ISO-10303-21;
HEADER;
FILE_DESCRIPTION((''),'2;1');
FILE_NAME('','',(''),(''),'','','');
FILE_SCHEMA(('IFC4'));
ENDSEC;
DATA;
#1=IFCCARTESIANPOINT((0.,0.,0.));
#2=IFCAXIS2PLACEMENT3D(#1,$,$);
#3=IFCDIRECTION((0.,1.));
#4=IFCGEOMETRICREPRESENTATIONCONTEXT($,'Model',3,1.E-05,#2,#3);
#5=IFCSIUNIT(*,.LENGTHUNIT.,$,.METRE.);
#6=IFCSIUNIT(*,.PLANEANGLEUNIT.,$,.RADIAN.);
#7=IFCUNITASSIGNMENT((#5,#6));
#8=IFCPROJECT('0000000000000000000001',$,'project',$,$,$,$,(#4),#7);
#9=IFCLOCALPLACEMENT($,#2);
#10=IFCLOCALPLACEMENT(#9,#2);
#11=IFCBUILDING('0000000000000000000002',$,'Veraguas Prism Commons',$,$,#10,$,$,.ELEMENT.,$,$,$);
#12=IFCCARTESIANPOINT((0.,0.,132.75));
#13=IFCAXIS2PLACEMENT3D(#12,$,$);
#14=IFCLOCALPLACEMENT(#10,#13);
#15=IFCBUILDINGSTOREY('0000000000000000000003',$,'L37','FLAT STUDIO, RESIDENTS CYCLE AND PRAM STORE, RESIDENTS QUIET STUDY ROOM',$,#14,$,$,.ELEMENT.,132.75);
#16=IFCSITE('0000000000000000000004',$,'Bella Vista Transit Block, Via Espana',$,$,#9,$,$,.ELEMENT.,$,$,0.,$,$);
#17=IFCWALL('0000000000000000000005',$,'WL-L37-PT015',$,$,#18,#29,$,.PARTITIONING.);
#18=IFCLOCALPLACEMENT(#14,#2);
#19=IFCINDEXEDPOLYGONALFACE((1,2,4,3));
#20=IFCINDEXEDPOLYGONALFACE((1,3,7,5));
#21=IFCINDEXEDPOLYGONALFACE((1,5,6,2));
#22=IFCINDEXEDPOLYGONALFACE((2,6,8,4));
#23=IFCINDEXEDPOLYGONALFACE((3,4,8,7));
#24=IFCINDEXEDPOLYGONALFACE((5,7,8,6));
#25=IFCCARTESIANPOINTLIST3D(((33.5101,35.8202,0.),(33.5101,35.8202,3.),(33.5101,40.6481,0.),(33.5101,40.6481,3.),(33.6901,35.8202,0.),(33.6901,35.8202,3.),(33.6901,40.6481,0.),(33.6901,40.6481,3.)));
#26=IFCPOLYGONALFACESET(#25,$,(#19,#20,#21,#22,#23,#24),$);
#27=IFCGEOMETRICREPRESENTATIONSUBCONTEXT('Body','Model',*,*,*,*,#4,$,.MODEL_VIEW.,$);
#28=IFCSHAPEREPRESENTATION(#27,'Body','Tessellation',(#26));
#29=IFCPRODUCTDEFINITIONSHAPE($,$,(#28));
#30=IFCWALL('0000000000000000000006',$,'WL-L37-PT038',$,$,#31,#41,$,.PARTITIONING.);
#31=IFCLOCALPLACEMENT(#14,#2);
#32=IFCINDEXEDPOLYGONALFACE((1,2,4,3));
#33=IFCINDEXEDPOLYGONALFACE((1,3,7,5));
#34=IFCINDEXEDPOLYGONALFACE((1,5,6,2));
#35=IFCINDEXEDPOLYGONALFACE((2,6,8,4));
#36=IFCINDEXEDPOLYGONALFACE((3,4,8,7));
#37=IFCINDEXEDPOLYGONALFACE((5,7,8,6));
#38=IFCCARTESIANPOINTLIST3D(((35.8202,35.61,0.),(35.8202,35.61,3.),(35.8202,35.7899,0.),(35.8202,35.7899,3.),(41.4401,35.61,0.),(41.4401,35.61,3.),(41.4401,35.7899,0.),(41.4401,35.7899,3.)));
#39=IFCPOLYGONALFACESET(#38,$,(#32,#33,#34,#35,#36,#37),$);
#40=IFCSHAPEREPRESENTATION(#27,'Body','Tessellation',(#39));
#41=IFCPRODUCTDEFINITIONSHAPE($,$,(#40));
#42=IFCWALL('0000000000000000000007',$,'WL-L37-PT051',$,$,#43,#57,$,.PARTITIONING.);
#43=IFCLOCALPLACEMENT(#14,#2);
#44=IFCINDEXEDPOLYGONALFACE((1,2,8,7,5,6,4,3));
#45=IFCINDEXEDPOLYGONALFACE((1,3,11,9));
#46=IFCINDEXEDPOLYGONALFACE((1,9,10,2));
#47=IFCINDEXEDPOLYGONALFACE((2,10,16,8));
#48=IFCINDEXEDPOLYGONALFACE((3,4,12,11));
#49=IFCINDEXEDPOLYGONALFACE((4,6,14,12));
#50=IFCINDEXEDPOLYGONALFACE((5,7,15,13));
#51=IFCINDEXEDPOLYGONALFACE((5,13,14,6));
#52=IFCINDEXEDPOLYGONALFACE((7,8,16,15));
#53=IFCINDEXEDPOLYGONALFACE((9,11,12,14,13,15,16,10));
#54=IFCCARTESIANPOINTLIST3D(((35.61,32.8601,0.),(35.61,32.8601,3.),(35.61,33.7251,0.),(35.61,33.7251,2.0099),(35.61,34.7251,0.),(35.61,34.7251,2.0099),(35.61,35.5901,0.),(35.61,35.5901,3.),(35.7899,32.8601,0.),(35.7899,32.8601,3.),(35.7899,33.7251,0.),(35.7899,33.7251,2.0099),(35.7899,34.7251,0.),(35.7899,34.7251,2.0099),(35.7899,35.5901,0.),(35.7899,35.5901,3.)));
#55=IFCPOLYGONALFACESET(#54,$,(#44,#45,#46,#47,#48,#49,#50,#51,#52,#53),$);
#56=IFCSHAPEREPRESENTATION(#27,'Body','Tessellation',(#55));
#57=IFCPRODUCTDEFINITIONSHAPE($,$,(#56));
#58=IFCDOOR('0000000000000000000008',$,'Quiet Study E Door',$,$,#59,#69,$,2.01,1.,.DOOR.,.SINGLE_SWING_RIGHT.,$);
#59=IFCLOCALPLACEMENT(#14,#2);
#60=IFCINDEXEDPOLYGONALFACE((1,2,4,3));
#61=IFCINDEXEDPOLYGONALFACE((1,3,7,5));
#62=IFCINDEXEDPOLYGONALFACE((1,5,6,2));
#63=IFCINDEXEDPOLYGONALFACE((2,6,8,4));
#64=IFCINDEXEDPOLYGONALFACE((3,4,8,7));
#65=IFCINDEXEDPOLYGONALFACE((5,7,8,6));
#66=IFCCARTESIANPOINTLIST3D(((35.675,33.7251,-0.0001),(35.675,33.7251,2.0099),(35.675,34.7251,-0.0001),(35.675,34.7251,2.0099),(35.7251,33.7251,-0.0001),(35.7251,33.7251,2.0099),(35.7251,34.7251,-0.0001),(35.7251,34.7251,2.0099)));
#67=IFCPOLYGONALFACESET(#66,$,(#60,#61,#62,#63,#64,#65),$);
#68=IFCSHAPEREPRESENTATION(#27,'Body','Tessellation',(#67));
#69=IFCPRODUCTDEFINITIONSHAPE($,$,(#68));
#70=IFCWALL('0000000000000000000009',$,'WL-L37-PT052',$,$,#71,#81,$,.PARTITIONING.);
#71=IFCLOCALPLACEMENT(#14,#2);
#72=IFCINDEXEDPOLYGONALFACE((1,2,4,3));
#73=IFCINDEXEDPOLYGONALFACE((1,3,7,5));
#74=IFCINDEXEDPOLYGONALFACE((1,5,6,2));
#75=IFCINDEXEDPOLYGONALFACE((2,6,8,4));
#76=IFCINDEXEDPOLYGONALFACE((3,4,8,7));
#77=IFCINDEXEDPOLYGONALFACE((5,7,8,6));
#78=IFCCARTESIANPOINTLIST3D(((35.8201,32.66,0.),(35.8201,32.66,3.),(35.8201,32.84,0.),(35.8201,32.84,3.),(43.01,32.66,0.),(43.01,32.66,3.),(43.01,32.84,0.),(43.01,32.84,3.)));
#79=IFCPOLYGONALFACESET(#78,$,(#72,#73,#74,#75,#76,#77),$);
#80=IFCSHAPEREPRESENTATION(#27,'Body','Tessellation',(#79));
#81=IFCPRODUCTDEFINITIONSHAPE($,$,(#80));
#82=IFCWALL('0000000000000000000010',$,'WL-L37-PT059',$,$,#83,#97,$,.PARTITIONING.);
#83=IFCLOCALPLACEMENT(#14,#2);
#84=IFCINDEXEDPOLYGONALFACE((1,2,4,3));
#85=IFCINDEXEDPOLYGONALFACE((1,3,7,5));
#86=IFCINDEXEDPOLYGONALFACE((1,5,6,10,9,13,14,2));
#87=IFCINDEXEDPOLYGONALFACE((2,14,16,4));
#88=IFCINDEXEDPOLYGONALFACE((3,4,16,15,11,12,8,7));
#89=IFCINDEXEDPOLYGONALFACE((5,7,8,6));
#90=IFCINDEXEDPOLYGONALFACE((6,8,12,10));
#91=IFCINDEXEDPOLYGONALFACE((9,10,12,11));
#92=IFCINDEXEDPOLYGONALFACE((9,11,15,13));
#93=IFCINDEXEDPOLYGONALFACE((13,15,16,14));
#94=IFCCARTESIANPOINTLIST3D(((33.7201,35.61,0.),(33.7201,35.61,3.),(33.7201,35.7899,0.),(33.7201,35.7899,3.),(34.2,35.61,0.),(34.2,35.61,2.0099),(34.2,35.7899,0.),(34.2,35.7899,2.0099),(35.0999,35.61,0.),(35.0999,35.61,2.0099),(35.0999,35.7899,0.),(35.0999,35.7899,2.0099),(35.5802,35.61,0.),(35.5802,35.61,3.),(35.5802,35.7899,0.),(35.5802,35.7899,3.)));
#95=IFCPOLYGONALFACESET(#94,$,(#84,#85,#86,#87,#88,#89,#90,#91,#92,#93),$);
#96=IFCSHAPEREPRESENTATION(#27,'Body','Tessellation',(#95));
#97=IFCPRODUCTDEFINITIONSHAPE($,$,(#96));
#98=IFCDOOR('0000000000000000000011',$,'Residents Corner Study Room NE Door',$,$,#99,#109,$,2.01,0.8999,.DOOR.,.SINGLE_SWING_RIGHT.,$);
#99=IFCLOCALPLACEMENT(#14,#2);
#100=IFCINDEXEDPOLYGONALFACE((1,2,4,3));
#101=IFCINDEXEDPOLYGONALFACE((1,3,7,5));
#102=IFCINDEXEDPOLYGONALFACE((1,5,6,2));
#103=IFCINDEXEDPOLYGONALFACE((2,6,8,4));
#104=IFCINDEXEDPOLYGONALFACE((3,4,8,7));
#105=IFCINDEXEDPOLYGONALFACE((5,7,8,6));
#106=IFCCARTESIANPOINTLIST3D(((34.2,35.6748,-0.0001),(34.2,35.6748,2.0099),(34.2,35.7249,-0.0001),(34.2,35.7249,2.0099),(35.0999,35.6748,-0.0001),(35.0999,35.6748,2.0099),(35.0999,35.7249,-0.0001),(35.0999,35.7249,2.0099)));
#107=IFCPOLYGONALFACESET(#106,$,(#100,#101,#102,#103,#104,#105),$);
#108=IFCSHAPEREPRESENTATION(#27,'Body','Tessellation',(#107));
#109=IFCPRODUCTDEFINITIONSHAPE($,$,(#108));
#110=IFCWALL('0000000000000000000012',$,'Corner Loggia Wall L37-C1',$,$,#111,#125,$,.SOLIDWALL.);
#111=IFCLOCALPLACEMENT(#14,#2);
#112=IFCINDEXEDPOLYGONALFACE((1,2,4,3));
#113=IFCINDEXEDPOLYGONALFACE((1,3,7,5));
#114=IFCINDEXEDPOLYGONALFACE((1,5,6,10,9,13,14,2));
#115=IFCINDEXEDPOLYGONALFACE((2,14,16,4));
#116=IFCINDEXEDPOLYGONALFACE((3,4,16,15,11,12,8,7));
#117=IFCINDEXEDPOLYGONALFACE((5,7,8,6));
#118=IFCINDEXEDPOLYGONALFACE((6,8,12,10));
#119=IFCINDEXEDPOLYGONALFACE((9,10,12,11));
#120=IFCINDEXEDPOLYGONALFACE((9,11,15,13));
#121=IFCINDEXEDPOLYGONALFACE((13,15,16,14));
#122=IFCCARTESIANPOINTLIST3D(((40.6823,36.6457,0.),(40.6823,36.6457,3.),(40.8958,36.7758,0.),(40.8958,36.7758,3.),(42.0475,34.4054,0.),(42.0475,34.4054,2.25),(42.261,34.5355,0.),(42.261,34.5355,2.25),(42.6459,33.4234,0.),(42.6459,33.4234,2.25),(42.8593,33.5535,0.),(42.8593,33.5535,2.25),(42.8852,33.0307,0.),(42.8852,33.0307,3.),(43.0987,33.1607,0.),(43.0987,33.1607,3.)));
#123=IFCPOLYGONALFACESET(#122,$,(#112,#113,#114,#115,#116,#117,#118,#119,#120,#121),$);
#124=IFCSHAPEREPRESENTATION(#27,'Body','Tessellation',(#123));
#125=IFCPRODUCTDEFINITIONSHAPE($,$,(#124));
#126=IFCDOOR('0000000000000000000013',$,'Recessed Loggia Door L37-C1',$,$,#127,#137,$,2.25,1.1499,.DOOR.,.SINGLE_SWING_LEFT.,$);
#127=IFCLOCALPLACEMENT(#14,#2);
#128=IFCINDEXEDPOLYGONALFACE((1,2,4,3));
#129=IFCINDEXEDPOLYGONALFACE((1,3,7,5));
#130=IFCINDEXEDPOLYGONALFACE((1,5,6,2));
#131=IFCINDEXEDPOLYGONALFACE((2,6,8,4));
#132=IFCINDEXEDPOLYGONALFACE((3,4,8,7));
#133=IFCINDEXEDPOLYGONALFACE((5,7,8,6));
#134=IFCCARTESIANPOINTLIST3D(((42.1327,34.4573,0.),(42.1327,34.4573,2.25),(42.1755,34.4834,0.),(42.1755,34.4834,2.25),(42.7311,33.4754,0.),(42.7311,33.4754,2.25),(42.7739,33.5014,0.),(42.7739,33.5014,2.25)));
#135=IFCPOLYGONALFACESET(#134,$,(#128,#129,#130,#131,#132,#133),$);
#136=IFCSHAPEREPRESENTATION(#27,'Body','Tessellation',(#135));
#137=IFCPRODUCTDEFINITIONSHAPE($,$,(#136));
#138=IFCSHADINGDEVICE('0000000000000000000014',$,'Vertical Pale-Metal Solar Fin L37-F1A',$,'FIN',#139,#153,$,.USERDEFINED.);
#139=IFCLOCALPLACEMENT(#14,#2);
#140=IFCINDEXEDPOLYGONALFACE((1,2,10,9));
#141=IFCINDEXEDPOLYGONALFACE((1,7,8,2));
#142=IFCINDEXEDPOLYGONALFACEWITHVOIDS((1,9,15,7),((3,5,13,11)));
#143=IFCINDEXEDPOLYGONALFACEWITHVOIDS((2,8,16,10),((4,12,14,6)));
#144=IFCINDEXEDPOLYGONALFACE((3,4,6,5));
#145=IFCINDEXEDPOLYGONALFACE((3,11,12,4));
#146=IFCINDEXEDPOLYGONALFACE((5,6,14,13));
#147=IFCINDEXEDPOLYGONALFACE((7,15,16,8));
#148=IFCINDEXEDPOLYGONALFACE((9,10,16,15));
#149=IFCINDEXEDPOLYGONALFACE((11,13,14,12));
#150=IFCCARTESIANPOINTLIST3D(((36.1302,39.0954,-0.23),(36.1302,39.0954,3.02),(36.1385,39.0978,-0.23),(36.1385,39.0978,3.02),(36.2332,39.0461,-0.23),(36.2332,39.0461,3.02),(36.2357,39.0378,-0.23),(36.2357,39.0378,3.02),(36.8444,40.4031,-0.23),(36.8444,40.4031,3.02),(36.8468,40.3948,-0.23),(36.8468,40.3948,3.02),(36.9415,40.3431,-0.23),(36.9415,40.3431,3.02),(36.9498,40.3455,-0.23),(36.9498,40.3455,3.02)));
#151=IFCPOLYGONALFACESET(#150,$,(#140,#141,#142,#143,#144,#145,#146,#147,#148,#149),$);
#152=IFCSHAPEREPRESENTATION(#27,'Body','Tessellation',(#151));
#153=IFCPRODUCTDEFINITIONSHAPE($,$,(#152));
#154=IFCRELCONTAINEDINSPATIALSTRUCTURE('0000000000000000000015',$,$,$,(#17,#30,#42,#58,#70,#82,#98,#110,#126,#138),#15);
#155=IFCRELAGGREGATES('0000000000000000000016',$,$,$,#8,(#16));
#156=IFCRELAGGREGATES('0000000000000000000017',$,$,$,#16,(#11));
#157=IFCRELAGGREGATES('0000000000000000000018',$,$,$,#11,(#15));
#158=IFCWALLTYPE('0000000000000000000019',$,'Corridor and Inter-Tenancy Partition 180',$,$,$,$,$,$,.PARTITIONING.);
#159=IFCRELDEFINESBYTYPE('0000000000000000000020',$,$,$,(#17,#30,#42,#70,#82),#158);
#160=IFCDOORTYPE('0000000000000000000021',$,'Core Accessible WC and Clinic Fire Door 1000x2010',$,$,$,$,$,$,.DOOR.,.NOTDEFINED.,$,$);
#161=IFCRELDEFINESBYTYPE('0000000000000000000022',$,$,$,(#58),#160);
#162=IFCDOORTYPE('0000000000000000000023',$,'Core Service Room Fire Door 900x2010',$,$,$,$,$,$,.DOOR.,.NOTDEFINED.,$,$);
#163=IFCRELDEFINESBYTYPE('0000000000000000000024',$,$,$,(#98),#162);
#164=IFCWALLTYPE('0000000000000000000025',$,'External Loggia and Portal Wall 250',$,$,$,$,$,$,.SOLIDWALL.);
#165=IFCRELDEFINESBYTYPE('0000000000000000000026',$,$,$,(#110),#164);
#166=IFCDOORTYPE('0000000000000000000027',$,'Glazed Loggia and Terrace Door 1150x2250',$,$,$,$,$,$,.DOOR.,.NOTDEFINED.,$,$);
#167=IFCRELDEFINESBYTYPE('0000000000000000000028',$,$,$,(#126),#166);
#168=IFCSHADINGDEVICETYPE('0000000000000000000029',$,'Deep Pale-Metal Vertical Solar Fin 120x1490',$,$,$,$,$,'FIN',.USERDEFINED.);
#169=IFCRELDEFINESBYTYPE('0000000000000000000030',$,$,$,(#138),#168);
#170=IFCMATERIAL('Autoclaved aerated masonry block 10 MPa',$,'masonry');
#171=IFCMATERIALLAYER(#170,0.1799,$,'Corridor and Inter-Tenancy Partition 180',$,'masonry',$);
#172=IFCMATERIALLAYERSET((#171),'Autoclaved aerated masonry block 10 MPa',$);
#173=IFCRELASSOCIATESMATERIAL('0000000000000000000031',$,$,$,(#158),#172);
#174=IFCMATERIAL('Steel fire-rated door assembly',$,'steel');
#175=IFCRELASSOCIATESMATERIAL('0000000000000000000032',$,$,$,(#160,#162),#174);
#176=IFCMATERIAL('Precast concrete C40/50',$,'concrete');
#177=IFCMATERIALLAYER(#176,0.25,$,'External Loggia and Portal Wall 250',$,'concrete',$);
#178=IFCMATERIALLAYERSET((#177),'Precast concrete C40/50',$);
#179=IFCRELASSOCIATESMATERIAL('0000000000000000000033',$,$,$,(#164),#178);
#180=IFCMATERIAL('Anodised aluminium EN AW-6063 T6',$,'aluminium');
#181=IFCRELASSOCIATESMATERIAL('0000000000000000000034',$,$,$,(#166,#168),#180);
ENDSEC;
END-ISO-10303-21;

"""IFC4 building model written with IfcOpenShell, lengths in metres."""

from ifc_helpers import new_model, si_unit, direction, frame, frame_2d, origin, origin_2d, place, context, subcontext, project, spatial, rectangle, hollow_rectangle, extrude, source, transform, mapped, material, layer, layer_set, material_profile, profile_set, type_object, element, fill, save


model = new_model("IFC4")

# Units and contexts
model_context = context("Model", 3, precision=1e-05, world=origin(), true_north=direction((0.0, 1.0)))
body_context = subcontext(model_context, "Body", "Model", "MODEL_VIEW")
ifc_project = project(units=[si_unit("LENGTHUNIT", "METRE"), si_unit("PLANEANGLEUNIT", "RADIAN")], contexts=[model_context])

# Site, building, storey
site_placement = place(None, origin())
site = spatial("IfcSite", under=ifc_project, at=site_placement, Name="Bella Vista Transit Block, Via Espana", CompositionType="ELEMENT", RefElevation=0.0)
building_placement = place(site_placement, origin())
building = spatial("IfcBuilding", under=site, at=building_placement, Name="Veraguas Prism Commons", CompositionType="ELEMENT")
storey_placement = place(building_placement, frame((0.0, 0.0, 132.75)))
storey = spatial("IfcBuildingStorey", under=building, at=storey_placement, Name="L37", Description="FLAT STUDIO, RESIDENTS CYCLE AND PRAM STORE, RESIDENTS QUIET STUDY ROOM", CompositionType="ELEMENT", Elevation=132.75)

# Shared definitions
ifc_material_1 = material(Name="Anodised aluminium EN AW-6063 T6", Category="aluminium")

# Walls
ifc_material_2 = material(Name="Autoclaved aerated masonry block 10 MPa", Category="masonry")
ifc_layer_1 = layer(ifc_material_2, 0.1799, Name="Corridor and Inter-Tenancy Partition 180", Category="masonry")
ifc_layer_set_1 = layer_set([ifc_layer_1], Name="Autoclaved aerated masonry block 10 MPa")
wall_type_1 = type_object("IfcWallType", Name="Corridor and Inter-Tenancy Partition 180", PredefinedType="PARTITIONING", material=ifc_layer_set_1)
wall_1_placement = place(storey_placement, frame((33.6001, 35.8201, 0.0), z_axis=(0.0, 0.0, 1.0), x_axis=(0.0, 1.0, 0.0)))
element("IfcWall", 1, at=wall_1_placement, inside=storey, type_object=wall_type_1, Name="WL-L37-PT015", PredefinedType="PARTITIONING", context=body_context, shape_type="SweptSolid", body=[
    extrude(rectangle(XDim=4.8279, YDim=0.1799, at=frame_2d((2.4141, 0.0))), origin(), (0.0, 0.0, 1.0), 3.0),
])
wall_2_placement = place(storey_placement, frame((35.8201, 35.7, 0.0), z_axis=(0.0, 0.0, 1.0), x_axis=(1.0, 0.0, 0.0)))
element("IfcWall", 2, at=wall_2_placement, inside=storey, type_object=wall_type_1, Name="WL-L37-PT038", PredefinedType="PARTITIONING", context=body_context, shape_type="SweptSolid", body=[
    extrude(rectangle(XDim=5.6199, YDim=0.1799, at=frame_2d((2.8101, 0.0))), origin(), (0.0, 0.0, 1.0), 3.0),
])

# Wall, opening, door
wall_3_placement = place(storey_placement, frame((35.7, 32.8601, 0.0), z_axis=(0.0, 0.0, 1.0), x_axis=(0.0, 1.0, 0.0)))
wall_3 = element("IfcWall", 3, at=wall_3_placement, inside=storey, type_object=wall_type_1, Name="WL-L37-PT051", PredefinedType="PARTITIONING", context=body_context, shape_type="SweptSolid", body=[
    extrude(rectangle(XDim=2.73, YDim=0.1799, at=frame_2d((1.365, 0.0))), origin(), (0.0, 0.0, 1.0), 3.0),
])
opening_1_placement = place(wall_3_placement, frame((0.865, 0.0, 0.0)))
opening_1 = element("IfcOpeningElement", 4, at=opening_1_placement, cuts=wall_3, PredefinedType="OPENING", context=body_context, shape_type="SweptSolid", body=[
    extrude(rectangle(XDim=1.0, YDim=2.01, at=frame_2d((0.5, 1.0049))), frame((0.0, 0.0999, 0.0), z_axis=(0.0, -1.0, 0.0), x_axis=(1.0, 0.0, 0.0)), (0.0, 0.0, 1.0), 0.2),
])
ifc_material_3 = material(Name="Steel fire-rated door assembly", Category="steel")
door_type_1 = type_object("IfcDoorType", Name="Core Accessible WC and Clinic Fire Door 1000x2010", OperationType="NOTDEFINED", PredefinedType="DOOR", material=ifc_material_3)
shared_shape_1 = source(origin(), body_context, "Body", "SweptSolid", [
    extrude(rectangle(XDim=1.0, YDim=2.01, at=frame_2d((0.5, 1.0049))), frame((0.0, 0.0249, 0.0), z_axis=(0.0, -1.0, 0.0), x_axis=(1.0, 0.0, 0.0)), (0.0, 0.0, 1.0), 0.05),
])
door_1_placement = place(opening_1_placement, origin())
door_1 = element("IfcDoor", 5, at=door_1_placement, inside=storey, type_object=door_type_1, Name="Quiet Study E Door", OperationType="SINGLE_SWING_RIGHT", OverallHeight=2.01, OverallWidth=1.0, PredefinedType="DOOR", context=body_context, shape_type="MappedRepresentation", body=[
    mapped(shared_shape_1, transform((0.0, 0.0, 0.0), scale=1.0)),
])
fill(opening_1, door_1)

# Wall
wall_4_placement = place(storey_placement, frame((35.8201, 32.75, 0.0), z_axis=(0.0, 0.0, 1.0), x_axis=(1.0, 0.0, 0.0)))
element("IfcWall", 6, at=wall_4_placement, inside=storey, type_object=wall_type_1, Name="WL-L37-PT052", PredefinedType="PARTITIONING", context=body_context, shape_type="SweptSolid", body=[
    extrude(rectangle(XDim=7.1899, YDim=0.1799, at=frame_2d((3.595, 0.0))), origin(), (0.0, 0.0, 1.0), 3.0),
])

# Walls, openings, doors
wall_5_placement = place(storey_placement, frame((33.72, 35.7, 0.0), z_axis=(0.0, 0.0, 1.0), x_axis=(1.0, 0.0, 0.0)))
wall_5 = element("IfcWall", 7, at=wall_5_placement, inside=storey, type_object=wall_type_1, Name="WL-L37-PT059", PredefinedType="PARTITIONING", context=body_context, shape_type="SweptSolid", body=[
    extrude(rectangle(XDim=1.8601, YDim=0.1799, at=frame_2d((0.9302, 0.0))), origin(), (0.0, 0.0, 1.0), 3.0),
])
opening_2_placement = place(wall_5_placement, frame((0.48, 0.0, 0.0)))
opening_2 = element("IfcOpeningElement", 8, at=opening_2_placement, cuts=wall_5, PredefinedType="OPENING", context=body_context, shape_type="SweptSolid", body=[
    extrude(rectangle(XDim=0.8999, YDim=2.01, at=frame_2d((0.45, 1.0049))), frame((0.0, 0.0999, 0.0), z_axis=(0.0, -1.0, 0.0), x_axis=(1.0, 0.0, 0.0)), (0.0, 0.0, 1.0), 0.2),
])
door_type_2 = type_object("IfcDoorType", Name="Core Service Room Fire Door 900x2010", OperationType="NOTDEFINED", PredefinedType="DOOR", material=ifc_material_3)
shared_shape_2 = source(origin(), body_context, "Body", "SweptSolid", [
    extrude(rectangle(XDim=0.8999, YDim=2.01, at=frame_2d((0.45, 1.0049))), frame((0.0, 0.0249, 0.0), z_axis=(0.0, -1.0, 0.0), x_axis=(1.0, 0.0, 0.0)), (0.0, 0.0, 1.0), 0.05),
])
door_2_placement = place(opening_2_placement, origin())
door_2 = element("IfcDoor", 9, at=door_2_placement, inside=storey, type_object=door_type_2, Name="Residents Corner Study Room NE Door", OperationType="SINGLE_SWING_RIGHT", OverallHeight=2.01, OverallWidth=0.8999, PredefinedType="DOOR", context=body_context, shape_type="MappedRepresentation", body=[
    mapped(shared_shape_2, transform((0.0, 0.0, 0.0), scale=1.0)),
])
fill(opening_2, door_2)
ifc_material_4 = material(Name="Precast concrete C40/50", Category="concrete")
ifc_layer_2 = layer(ifc_material_4, 0.25, Name="External Loggia and Portal Wall 250", Category="concrete")
ifc_layer_set_2 = layer_set([ifc_layer_2], Name="Precast concrete C40/50")
wall_type_2 = type_object("IfcWallType", Name="External Loggia and Portal Wall 250", PredefinedType="SOLIDWALL", material=ifc_layer_set_2)
wall_6_placement = place(storey_placement, frame((42.9919, 33.0957, 0.0), z_axis=(0.0, 0.0, 1.0), x_axis=(-0.52037, 0.853941, 0.0)))
wall_6 = element("IfcWall", 10, at=wall_6_placement, inside=storey, type_object=wall_type_2, Name="Corner Loggia Wall L37-C1", PredefinedType="SOLIDWALL", context=body_context, shape_type="SweptSolid", body=[
    extrude(rectangle(XDim=4.2334, YDim=0.25, at=frame_2d((2.1167, 0.0))), origin(), (0.0, 0.0, 1.0), 3.0),
])
opening_3_placement = place(wall_6_placement, frame((0.46, 0.0, 0.0)))
opening_3 = element("IfcOpeningElement", 11, at=opening_3_placement, cuts=wall_6, PredefinedType="OPENING", context=body_context, shape_type="SweptSolid", body=[
    extrude(rectangle(XDim=1.1499, YDim=2.25, at=frame_2d((0.575, 1.125))), frame((0.0, 0.135, 0.0), z_axis=(0.0, -1.0, 0.0), x_axis=(1.0, 0.0, 0.0)), (0.0, 0.0, 1.0), 0.27),
])
door_type_3 = type_object("IfcDoorType", Name="Glazed Loggia and Terrace Door 1150x2250", OperationType="NOTDEFINED", PredefinedType="DOOR", material=ifc_material_1)
shared_shape_3 = source(origin(), body_context, "Body", "SweptSolid", [
    extrude(rectangle(XDim=1.1499, YDim=2.25, at=frame_2d((0.575, 1.125))), frame((0.0, 0.0249, 0.0), z_axis=(0.0, -1.0, 0.0), x_axis=(1.0, 0.0, 0.0)), (0.0, 0.0, 1.0), 0.05),
])
door_3_placement = place(opening_3_placement, frame((1.1499, 0.0, 0.0), z_axis=(0.0, 0.0, 1.0), x_axis=(-1.0, 0.0, 0.0)))
door_3 = element("IfcDoor", 12, at=door_3_placement, inside=storey, type_object=door_type_3, Name="Recessed Loggia Door L37-C1", OperationType="SINGLE_SWING_LEFT", OverallHeight=2.25, OverallWidth=1.1499, PredefinedType="DOOR", context=body_context, shape_type="MappedRepresentation", body=[
    mapped(shared_shape_3, transform((0.0, 0.0, 0.0), scale=1.0)),
])
fill(opening_3, door_3)

# Shading device
ifc_material_profile_1 = material_profile(ifc_material_1, hollow_rectangle(XDim=0.1201, YDim=1.49, WallThickness=0.0061, at=origin_2d()), Name="FIN120X1490X6")
ifc_profile_set_1 = profile_set([ifc_material_profile_1], Name="Anodised aluminium EN AW-6063 T6")
shading_device_type = type_object("IfcShadingDeviceType", Name="Deep Pale-Metal Vertical Solar Fin 120x1490", ElementType="FIN", PredefinedType="USERDEFINED", material=ifc_profile_set_1)
shading_device_placement = place(storey_placement, frame((36.54, 39.7205, -0.23), z_axis=(0.0, 0.0, 1.0), x_axis=(-0.877648, 0.479306, 0.0)))
element("IfcShadingDevice", 13, at=shading_device_placement, inside=storey, type_object=shading_device_type, Name="Vertical Pale-Metal Solar Fin L37-F1A", ObjectType="FIN", PredefinedType="USERDEFINED", context=body_context, shape_type="SweptSolid", body=[
    extrude(hollow_rectangle(XDim=0.1201, YDim=1.49, WallThickness=0.0061, at=origin_2d()), origin(), (0.0, 0.0, 1.0), 3.25),
])

save(model, "model.ifc")
